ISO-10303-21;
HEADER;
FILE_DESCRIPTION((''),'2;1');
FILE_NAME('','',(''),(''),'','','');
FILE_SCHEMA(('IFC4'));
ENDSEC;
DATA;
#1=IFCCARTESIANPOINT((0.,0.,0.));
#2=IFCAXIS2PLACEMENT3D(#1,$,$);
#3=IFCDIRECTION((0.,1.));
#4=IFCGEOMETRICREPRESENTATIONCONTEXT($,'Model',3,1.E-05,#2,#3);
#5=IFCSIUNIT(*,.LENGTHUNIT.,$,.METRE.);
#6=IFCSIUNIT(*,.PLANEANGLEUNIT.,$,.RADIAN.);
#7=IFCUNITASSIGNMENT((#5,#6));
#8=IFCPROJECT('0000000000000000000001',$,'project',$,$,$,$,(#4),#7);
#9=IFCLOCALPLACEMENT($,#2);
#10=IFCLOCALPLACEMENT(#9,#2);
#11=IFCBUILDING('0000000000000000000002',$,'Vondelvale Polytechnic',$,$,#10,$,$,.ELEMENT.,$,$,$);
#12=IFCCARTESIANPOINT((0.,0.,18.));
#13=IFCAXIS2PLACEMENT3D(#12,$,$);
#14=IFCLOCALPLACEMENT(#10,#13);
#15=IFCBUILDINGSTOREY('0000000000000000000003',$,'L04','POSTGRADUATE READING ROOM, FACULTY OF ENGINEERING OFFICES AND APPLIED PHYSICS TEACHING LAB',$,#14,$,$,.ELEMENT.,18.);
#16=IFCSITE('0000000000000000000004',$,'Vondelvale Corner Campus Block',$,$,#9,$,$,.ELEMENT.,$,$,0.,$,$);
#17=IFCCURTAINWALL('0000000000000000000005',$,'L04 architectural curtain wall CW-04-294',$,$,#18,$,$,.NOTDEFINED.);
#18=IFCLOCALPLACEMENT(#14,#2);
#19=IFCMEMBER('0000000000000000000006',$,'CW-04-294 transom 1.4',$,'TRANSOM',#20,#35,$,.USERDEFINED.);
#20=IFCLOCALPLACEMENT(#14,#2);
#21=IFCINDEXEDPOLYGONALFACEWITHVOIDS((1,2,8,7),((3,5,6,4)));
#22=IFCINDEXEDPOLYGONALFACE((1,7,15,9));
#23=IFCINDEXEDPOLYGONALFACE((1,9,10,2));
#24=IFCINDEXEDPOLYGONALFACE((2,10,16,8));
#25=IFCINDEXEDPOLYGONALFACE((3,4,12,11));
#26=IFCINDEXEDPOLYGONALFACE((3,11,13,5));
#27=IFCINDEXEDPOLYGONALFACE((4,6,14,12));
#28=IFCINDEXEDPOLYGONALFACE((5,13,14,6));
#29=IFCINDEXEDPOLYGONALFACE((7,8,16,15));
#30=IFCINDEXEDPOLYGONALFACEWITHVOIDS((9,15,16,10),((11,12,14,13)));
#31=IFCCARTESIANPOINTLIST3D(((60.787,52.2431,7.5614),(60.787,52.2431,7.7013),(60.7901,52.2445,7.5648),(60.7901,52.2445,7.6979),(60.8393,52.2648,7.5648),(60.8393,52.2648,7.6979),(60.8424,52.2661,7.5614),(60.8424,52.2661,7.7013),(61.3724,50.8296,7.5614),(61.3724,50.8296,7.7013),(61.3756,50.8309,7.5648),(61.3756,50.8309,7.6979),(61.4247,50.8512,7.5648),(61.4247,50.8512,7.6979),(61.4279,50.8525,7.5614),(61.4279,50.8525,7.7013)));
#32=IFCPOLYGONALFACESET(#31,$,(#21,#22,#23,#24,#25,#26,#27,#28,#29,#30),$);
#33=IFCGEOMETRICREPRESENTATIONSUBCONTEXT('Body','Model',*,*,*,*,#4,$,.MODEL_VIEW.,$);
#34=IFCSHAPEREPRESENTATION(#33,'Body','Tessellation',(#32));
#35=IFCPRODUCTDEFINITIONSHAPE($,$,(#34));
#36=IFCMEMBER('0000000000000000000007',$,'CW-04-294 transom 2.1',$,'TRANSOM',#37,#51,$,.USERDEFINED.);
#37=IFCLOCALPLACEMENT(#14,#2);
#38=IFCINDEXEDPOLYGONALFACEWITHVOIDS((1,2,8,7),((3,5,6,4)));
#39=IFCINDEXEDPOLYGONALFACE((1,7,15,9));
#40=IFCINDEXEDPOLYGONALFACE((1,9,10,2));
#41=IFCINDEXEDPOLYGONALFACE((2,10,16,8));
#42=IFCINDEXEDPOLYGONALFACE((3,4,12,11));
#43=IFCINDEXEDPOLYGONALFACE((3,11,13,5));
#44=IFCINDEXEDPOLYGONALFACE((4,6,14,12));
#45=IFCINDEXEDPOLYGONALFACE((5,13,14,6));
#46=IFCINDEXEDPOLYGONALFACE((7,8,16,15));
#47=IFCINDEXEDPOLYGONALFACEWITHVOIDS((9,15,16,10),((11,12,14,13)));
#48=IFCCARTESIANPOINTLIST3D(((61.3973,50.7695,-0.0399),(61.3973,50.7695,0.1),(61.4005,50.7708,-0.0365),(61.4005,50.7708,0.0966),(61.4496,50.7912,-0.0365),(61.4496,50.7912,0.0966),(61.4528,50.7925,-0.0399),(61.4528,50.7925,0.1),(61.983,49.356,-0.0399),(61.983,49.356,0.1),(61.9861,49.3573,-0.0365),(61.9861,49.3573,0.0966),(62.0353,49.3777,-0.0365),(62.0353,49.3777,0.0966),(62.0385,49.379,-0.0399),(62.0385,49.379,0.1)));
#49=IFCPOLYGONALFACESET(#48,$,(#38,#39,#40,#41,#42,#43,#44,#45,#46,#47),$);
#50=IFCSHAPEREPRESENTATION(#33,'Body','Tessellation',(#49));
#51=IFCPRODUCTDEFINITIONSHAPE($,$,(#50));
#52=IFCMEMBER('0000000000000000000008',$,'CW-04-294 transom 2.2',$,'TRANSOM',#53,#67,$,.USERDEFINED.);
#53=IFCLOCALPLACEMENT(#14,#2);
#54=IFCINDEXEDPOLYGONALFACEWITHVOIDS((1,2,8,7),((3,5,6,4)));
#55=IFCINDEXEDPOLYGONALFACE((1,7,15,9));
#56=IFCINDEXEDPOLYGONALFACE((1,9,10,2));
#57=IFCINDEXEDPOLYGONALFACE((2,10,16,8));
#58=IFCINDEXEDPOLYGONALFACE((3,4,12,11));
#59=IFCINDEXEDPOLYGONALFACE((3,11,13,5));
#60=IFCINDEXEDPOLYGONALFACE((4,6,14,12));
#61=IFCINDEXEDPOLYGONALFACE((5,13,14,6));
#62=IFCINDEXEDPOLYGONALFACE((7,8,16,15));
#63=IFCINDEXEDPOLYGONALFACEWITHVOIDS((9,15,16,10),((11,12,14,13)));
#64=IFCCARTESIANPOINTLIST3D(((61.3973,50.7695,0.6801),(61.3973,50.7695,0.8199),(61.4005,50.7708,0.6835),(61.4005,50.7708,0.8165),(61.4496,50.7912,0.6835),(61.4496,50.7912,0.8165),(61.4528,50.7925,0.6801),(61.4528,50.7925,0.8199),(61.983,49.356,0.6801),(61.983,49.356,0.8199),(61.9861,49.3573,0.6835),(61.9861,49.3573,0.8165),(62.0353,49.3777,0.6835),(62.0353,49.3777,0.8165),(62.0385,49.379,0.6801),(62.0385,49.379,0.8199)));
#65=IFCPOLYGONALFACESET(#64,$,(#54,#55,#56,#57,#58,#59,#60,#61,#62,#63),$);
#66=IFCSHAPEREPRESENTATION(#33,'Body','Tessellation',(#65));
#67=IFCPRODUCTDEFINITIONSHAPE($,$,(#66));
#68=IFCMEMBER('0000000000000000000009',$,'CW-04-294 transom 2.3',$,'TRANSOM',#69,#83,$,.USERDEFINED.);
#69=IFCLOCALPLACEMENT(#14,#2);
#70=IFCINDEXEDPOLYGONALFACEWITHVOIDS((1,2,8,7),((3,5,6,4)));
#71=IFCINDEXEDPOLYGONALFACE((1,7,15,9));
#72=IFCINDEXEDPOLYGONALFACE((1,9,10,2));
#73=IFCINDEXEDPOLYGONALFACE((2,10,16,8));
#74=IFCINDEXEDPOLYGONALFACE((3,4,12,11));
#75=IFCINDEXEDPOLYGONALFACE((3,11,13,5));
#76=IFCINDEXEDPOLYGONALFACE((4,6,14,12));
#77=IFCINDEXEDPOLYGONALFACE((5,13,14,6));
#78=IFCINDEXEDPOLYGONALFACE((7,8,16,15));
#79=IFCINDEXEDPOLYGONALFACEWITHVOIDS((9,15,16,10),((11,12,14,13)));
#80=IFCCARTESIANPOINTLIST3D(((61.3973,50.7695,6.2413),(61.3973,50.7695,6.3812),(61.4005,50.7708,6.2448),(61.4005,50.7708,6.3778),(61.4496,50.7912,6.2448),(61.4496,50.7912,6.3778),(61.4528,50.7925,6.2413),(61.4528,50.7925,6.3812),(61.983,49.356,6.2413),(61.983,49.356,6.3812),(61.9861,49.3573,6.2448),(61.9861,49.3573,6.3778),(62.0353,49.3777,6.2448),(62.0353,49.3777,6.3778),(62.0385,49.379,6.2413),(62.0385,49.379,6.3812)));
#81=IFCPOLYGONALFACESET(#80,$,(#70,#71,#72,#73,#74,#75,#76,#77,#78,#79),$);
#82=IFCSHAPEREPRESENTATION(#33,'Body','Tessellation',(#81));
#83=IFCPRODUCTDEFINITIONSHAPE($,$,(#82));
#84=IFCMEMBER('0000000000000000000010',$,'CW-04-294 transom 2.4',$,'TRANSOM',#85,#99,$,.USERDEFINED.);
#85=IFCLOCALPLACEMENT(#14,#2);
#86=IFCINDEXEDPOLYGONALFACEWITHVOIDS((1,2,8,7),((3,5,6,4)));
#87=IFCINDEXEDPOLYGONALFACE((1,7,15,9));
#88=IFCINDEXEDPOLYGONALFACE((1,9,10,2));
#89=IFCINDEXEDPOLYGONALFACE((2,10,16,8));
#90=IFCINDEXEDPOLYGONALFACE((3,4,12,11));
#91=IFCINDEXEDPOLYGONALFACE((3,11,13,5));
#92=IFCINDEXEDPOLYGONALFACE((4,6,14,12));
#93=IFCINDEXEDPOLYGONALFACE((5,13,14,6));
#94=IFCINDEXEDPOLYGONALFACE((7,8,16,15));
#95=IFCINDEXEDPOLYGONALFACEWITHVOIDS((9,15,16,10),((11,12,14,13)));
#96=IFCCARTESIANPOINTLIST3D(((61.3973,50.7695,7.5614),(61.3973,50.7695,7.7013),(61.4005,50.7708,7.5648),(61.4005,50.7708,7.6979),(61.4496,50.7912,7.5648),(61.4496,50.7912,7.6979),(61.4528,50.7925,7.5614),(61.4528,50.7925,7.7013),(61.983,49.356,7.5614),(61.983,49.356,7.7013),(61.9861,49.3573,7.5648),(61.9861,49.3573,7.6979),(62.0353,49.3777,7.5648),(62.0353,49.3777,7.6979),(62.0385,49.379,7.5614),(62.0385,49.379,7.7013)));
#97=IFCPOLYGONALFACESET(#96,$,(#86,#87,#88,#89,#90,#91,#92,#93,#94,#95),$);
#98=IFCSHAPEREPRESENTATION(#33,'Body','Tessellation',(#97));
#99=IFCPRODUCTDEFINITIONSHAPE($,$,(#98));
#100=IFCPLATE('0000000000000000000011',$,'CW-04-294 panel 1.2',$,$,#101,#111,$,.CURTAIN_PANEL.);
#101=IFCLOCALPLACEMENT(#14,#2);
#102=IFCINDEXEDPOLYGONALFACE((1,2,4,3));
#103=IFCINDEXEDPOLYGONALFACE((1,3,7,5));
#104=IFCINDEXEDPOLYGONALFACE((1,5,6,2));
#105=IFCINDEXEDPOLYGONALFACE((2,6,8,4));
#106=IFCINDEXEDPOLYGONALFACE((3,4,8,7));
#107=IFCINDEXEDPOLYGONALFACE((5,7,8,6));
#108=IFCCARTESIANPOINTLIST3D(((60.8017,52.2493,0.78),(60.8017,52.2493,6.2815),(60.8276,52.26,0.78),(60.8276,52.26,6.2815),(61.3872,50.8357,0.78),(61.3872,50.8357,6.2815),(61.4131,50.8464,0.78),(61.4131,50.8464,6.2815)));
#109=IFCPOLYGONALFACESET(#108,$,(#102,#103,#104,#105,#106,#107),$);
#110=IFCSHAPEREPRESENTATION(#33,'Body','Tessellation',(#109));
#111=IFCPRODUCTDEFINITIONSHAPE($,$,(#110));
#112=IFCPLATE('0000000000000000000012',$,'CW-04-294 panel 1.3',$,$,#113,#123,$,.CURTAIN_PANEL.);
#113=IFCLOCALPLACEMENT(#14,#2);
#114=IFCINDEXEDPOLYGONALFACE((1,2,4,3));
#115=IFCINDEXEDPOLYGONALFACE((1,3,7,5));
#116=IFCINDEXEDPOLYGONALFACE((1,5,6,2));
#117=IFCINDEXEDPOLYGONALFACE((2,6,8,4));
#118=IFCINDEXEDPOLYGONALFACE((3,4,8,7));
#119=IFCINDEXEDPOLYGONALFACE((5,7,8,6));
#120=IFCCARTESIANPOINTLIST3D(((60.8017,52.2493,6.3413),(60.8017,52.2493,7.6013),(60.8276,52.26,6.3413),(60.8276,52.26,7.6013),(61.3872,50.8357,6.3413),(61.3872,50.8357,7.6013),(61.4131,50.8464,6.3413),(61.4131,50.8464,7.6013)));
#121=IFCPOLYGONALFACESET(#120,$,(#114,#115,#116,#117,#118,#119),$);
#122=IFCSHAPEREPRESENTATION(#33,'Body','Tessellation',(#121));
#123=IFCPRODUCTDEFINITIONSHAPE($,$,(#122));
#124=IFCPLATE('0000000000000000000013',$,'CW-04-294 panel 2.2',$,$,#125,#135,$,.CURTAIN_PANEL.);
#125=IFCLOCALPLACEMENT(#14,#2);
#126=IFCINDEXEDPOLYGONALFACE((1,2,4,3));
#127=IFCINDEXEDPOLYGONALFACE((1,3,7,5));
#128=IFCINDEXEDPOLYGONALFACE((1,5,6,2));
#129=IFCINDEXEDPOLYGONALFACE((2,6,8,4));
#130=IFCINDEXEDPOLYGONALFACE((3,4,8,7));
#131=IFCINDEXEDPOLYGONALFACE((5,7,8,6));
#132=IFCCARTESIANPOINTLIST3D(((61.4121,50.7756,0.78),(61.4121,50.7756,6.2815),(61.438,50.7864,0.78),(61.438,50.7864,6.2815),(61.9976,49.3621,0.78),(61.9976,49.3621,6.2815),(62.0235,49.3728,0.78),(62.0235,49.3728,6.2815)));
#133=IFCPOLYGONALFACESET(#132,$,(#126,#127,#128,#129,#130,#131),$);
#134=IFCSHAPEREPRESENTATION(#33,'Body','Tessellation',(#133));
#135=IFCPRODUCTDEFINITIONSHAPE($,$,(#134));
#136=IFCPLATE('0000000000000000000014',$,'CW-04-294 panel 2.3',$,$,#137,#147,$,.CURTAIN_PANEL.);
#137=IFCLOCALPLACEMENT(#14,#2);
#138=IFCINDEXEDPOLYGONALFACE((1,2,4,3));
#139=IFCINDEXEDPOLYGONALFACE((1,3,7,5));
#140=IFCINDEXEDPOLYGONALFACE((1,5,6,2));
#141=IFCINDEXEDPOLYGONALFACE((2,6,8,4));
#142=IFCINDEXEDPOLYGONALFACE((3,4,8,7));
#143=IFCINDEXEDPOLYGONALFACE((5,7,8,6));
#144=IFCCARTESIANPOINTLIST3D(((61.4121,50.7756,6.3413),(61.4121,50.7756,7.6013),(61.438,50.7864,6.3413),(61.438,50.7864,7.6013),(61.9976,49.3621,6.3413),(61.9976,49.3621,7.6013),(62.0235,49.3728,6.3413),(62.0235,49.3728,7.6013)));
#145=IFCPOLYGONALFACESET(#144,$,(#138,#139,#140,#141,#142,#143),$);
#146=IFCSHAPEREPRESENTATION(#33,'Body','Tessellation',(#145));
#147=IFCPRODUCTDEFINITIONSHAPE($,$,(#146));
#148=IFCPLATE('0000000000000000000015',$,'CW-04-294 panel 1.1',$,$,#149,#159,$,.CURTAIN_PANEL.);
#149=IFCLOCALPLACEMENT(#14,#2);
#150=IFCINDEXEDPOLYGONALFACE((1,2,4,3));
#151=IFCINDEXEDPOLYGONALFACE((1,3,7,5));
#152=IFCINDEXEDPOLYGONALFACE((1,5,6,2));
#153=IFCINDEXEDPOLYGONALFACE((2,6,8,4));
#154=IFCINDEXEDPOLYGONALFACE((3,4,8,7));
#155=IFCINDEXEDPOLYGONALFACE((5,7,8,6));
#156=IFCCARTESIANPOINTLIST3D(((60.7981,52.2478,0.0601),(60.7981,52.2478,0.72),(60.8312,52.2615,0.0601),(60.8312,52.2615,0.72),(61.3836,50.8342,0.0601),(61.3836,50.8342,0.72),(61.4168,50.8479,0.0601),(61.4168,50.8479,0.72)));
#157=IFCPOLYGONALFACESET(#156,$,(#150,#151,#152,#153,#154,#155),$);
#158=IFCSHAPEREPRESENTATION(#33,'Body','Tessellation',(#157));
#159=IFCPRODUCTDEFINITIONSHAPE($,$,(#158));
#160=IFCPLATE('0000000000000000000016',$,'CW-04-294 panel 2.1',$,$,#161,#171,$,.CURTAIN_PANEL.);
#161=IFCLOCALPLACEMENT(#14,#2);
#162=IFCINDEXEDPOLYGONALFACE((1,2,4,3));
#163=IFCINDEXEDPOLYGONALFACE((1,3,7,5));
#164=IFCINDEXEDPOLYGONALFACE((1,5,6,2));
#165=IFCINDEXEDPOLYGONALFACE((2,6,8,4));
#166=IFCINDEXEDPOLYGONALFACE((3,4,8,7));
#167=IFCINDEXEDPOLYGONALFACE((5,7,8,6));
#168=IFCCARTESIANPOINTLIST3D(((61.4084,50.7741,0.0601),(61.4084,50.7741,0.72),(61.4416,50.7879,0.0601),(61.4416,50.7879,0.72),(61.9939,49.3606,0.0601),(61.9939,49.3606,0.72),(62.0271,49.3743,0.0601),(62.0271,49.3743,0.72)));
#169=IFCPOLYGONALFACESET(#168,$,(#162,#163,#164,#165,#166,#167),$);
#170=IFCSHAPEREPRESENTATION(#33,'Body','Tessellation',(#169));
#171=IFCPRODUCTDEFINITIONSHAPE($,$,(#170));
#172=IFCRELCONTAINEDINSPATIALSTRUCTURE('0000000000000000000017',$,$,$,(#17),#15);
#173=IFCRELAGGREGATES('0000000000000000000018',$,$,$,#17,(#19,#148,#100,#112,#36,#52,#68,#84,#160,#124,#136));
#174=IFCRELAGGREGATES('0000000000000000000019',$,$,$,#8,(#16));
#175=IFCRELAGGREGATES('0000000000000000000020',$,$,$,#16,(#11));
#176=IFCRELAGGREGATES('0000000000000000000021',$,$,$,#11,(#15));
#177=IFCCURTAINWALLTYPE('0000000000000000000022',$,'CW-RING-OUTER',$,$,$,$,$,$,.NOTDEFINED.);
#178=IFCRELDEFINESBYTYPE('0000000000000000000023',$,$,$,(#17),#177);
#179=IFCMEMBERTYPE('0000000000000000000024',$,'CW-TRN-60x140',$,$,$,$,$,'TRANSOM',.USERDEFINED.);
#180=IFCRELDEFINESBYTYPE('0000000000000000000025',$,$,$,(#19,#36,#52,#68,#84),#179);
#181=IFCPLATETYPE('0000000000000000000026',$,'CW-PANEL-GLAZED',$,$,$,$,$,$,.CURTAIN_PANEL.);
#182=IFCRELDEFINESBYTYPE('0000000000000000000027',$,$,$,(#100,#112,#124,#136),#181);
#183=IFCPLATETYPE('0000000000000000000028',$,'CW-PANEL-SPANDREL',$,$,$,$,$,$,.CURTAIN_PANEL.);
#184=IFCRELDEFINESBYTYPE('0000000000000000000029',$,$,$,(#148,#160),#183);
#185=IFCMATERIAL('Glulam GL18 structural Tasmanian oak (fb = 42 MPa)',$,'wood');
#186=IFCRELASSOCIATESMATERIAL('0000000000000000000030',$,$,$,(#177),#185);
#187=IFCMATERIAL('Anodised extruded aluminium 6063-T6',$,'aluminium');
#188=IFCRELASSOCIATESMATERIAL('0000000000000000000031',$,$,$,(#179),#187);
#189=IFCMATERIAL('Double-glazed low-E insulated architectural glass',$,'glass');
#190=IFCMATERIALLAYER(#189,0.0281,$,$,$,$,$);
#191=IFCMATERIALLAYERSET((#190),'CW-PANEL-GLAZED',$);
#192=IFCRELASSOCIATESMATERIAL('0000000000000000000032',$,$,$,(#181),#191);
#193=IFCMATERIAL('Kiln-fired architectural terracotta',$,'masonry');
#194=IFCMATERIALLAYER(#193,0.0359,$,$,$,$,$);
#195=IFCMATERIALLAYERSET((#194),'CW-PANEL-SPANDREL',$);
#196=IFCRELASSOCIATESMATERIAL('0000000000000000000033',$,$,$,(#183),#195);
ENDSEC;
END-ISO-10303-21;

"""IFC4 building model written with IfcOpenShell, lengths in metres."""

from ifc_helpers import new_model, si_unit, direction, frame, origin, origin_2d, place, context, subcontext, project, spatial, rectangle, hollow_rectangle, extrude, material, layer, layer_set, material_profile, profile_set, type_object, element, aggregate, save


model = new_model("IFC4")

# Units and contexts
model_context = context("Model", 3, precision=1e-05, world=origin(), true_north=direction((0.0, 1.0)))
body_context = subcontext(model_context, "Body", "Model", "MODEL_VIEW")
ifc_project = project(units=[si_unit("LENGTHUNIT", "METRE"), si_unit("PLANEANGLEUNIT", "RADIAN")], contexts=[model_context])

# Site, building, storey
site_placement = place(None, origin())
site = spatial("IfcSite", under=ifc_project, at=site_placement, Name="Vondelvale Corner Campus Block", CompositionType="ELEMENT", RefElevation=0.0)
building_placement = place(site_placement, origin())
building = spatial("IfcBuilding", under=site, at=building_placement, Name="Vondelvale Polytechnic", CompositionType="ELEMENT")
storey_placement = place(building_placement, frame((0.0, 0.0, 18.0)))
storey = spatial("IfcBuildingStorey", under=building, at=storey_placement, Name="L04", Description="POSTGRADUATE READING ROOM, FACULTY OF ENGINEERING OFFICES AND APPLIED PHYSICS TEACHING LAB", CompositionType="ELEMENT", Elevation=18.0)

# Shared definitions
ifc_material_1 = material(Name="Glulam GL18 structural Tasmanian oak (fb = 42 MPa)", Category="wood")

# Shared definitions
curtain_wall_type = type_object("IfcCurtainWallType", Name="CW-RING-OUTER", PredefinedType="NOTDEFINED", material=ifc_material_1)
ifc_material_2 = material(Name="Anodised extruded aluminium 6063-T6", Category="aluminium")

# Curtain wall
curtain_wall_1_placement = place(storey_placement, origin())
curtain_wall_1 = element("IfcCurtainWall", 1, at=curtain_wall_1_placement, inside=storey, type_object=curtain_wall_type, Name="L04 architectural curtain wall CW-04-294", PredefinedType="NOTDEFINED")

# Members
ifc_material_profile_1 = material_profile(ifc_material_2, hollow_rectangle(XDim=0.0601, YDim=0.1399, WallThickness=0.0034, at=origin_2d()), Name="CW-TRN-140x60")
ifc_profile_set_1 = profile_set([ifc_material_profile_1], Name="Anodised extruded aluminium 6063-T6")
member_type_1 = type_object("IfcMemberType", Name="CW-TRN-60x140", ElementType="TRANSOM", PredefinedType="USERDEFINED", material=ifc_profile_set_1)
member_1_placement = place(storey_placement, frame((60.8147, 52.2546, 7.6313), z_axis=(0.382643, -0.923896, 0.0), x_axis=(0.923896, 0.382643, 0.0)))
member_1 = element("IfcMember", 2, at=member_1_placement, type_object=member_type_1, Name="CW-04-294 transom 1.4", ObjectType="TRANSOM", PredefinedType="USERDEFINED", context=body_context, shape_type="SweptSolid", body=[
    extrude(hollow_rectangle(XDim=0.0601, YDim=0.1399, WallThickness=0.0034, at=origin_2d()), origin(), (0.0, 0.0, 1.0), 1.53),
])
member_2_placement = place(storey_placement, frame((61.425, 50.781, 0.03), z_axis=(0.382779, -0.92384, 0.0), x_axis=(0.92384, 0.382779, 0.0)))
member_2 = element("IfcMember", 3, at=member_2_placement, type_object=member_type_1, Name="CW-04-294 transom 2.1", ObjectType="TRANSOM", PredefinedType="USERDEFINED", context=body_context, shape_type="SweptSolid", body=[
    extrude(hollow_rectangle(XDim=0.0601, YDim=0.1399, WallThickness=0.0034, at=origin_2d()), origin(), (0.0, 0.0, 1.0), 1.53),
])
member_3_placement = place(storey_placement, frame((61.425, 50.781, 0.75), z_axis=(0.382779, -0.92384, 0.0), x_axis=(0.92384, 0.382779, 0.0)))
member_3 = element("IfcMember", 4, at=member_3_placement, type_object=member_type_1, Name="CW-04-294 transom 2.2", ObjectType="TRANSOM", PredefinedType="USERDEFINED", context=body_context, shape_type="SweptSolid", body=[
    extrude(hollow_rectangle(XDim=0.0601, YDim=0.1399, WallThickness=0.0034, at=origin_2d()), origin(), (0.0, 0.0, 1.0), 1.53),
])
member_4_placement = place(storey_placement, frame((61.425, 50.781, 6.3113), z_axis=(0.382779, -0.92384, 0.0), x_axis=(0.92384, 0.382779, 0.0)))
member_4 = element("IfcMember", 5, at=member_4_placement, type_object=member_type_1, Name="CW-04-294 transom 2.3", ObjectType="TRANSOM", PredefinedType="USERDEFINED", context=body_context, shape_type="SweptSolid", body=[
    extrude(hollow_rectangle(XDim=0.0601, YDim=0.1399, WallThickness=0.0034, at=origin_2d()), origin(), (0.0, 0.0, 1.0), 1.53),
])
member_5_placement = place(storey_placement, frame((61.425, 50.781, 7.6313), z_axis=(0.382779, -0.92384, 0.0), x_axis=(0.92384, 0.382779, 0.0)))
member_5 = element("IfcMember", 6, at=member_5_placement, type_object=member_type_1, Name="CW-04-294 transom 2.4", ObjectType="TRANSOM", PredefinedType="USERDEFINED", context=body_context, shape_type="SweptSolid", body=[
    extrude(hollow_rectangle(XDim=0.0601, YDim=0.1399, WallThickness=0.0034, at=origin_2d()), origin(), (0.0, 0.0, 1.0), 1.53),
])

# Plates
ifc_material_3 = material(Name="Double-glazed low-E insulated architectural glass", Category="glass")
ifc_layer_1 = layer(ifc_material_3, 0.0281)
ifc_layer_set_1 = layer_set([ifc_layer_1], Name="CW-PANEL-GLAZED")
plate_type_1 = type_object("IfcPlateType", Name="CW-PANEL-GLAZED", PredefinedType="CURTAIN_PANEL", material=ifc_layer_set_1)
plate_1_placement = place(storey_placement, frame((61.1074, 51.5479, 0.78), z_axis=(0.0, 0.0, 1.0), x_axis=(0.382677, -0.923882, 0.0)))
plate_1 = element("IfcPlate", 7, at=plate_1_placement, type_object=plate_type_1, Name="CW-04-294 panel 1.2", PredefinedType="CURTAIN_PANEL", context=body_context, shape_type="SweptSolid", body=[
    extrude(rectangle(XDim=1.53, YDim=0.0281, at=origin_2d()), origin(), (0.0, 0.0, 1.0), 5.5015),
])
plate_2_placement = place(storey_placement, frame((61.1074, 51.5479, 6.3413), z_axis=(0.0, 0.0, 1.0), x_axis=(0.382677, -0.923882, 0.0)))
plate_2 = element("IfcPlate", 8, at=plate_2_placement, type_object=plate_type_1, Name="CW-04-294 panel 1.3", PredefinedType="CURTAIN_PANEL", context=body_context, shape_type="SweptSolid", body=[
    extrude(rectangle(XDim=1.53, YDim=0.0281, at=origin_2d()), origin(), (0.0, 0.0, 1.0), 1.26),
])
plate_3_placement = place(storey_placement, frame((61.7178, 50.0742, 0.78), z_axis=(0.0, 0.0, 1.0), x_axis=(0.382677, -0.923882, 0.0)))
plate_3 = element("IfcPlate", 9, at=plate_3_placement, type_object=plate_type_1, Name="CW-04-294 panel 2.2", PredefinedType="CURTAIN_PANEL", context=body_context, shape_type="SweptSolid", body=[
    extrude(rectangle(XDim=1.53, YDim=0.0281, at=origin_2d()), origin(), (0.0, 0.0, 1.0), 5.5015),
])
plate_4_placement = place(storey_placement, frame((61.7178, 50.0742, 6.3413), z_axis=(0.0, 0.0, 1.0), x_axis=(0.382677, -0.923882, 0.0)))
plate_4 = element("IfcPlate", 10, at=plate_4_placement, type_object=plate_type_1, Name="CW-04-294 panel 2.3", PredefinedType="CURTAIN_PANEL", context=body_context, shape_type="SweptSolid", body=[
    extrude(rectangle(XDim=1.53, YDim=0.0281, at=origin_2d()), origin(), (0.0, 0.0, 1.0), 1.26),
])
ifc_material_4 = material(Name="Kiln-fired architectural terracotta", Category="masonry")
ifc_layer_2 = layer(ifc_material_4, 0.0359)
ifc_layer_set_2 = layer_set([ifc_layer_2], Name="CW-PANEL-SPANDREL")
plate_type_2 = type_object("IfcPlateType", Name="CW-PANEL-SPANDREL", PredefinedType="CURTAIN_PANEL", material=ifc_layer_set_2)
plate_5_placement = place(storey_placement, frame((61.1074, 51.5479, 0.0601), z_axis=(0.0, 0.0, 1.0), x_axis=(0.382677, -0.923882, 0.0)))
plate_5 = element("IfcPlate", 11, at=plate_5_placement, type_object=plate_type_2, Name="CW-04-294 panel 1.1", PredefinedType="CURTAIN_PANEL", context=body_context, shape_type="SweptSolid", body=[
    extrude(rectangle(XDim=1.53, YDim=0.0359, at=origin_2d()), origin(), (0.0, 0.0, 1.0), 0.6599),
])
plate_6_placement = place(storey_placement, frame((61.7178, 50.0742, 0.0601), z_axis=(0.0, 0.0, 1.0), x_axis=(0.382677, -0.923882, 0.0)))
plate_6 = element("IfcPlate", 12, at=plate_6_placement, type_object=plate_type_2, Name="CW-04-294 panel 2.1", PredefinedType="CURTAIN_PANEL", context=body_context, shape_type="SweptSolid", body=[
    extrude(rectangle(XDim=1.53, YDim=0.0359, at=origin_2d()), origin(), (0.0, 0.0, 1.0), 0.6599),
])
aggregate(curtain_wall_1, [member_1, plate_5, plate_1, plate_2, member_2, member_3, member_4, member_5, plate_6, plate_3, plate_4])

save(model, "model.ifc")
